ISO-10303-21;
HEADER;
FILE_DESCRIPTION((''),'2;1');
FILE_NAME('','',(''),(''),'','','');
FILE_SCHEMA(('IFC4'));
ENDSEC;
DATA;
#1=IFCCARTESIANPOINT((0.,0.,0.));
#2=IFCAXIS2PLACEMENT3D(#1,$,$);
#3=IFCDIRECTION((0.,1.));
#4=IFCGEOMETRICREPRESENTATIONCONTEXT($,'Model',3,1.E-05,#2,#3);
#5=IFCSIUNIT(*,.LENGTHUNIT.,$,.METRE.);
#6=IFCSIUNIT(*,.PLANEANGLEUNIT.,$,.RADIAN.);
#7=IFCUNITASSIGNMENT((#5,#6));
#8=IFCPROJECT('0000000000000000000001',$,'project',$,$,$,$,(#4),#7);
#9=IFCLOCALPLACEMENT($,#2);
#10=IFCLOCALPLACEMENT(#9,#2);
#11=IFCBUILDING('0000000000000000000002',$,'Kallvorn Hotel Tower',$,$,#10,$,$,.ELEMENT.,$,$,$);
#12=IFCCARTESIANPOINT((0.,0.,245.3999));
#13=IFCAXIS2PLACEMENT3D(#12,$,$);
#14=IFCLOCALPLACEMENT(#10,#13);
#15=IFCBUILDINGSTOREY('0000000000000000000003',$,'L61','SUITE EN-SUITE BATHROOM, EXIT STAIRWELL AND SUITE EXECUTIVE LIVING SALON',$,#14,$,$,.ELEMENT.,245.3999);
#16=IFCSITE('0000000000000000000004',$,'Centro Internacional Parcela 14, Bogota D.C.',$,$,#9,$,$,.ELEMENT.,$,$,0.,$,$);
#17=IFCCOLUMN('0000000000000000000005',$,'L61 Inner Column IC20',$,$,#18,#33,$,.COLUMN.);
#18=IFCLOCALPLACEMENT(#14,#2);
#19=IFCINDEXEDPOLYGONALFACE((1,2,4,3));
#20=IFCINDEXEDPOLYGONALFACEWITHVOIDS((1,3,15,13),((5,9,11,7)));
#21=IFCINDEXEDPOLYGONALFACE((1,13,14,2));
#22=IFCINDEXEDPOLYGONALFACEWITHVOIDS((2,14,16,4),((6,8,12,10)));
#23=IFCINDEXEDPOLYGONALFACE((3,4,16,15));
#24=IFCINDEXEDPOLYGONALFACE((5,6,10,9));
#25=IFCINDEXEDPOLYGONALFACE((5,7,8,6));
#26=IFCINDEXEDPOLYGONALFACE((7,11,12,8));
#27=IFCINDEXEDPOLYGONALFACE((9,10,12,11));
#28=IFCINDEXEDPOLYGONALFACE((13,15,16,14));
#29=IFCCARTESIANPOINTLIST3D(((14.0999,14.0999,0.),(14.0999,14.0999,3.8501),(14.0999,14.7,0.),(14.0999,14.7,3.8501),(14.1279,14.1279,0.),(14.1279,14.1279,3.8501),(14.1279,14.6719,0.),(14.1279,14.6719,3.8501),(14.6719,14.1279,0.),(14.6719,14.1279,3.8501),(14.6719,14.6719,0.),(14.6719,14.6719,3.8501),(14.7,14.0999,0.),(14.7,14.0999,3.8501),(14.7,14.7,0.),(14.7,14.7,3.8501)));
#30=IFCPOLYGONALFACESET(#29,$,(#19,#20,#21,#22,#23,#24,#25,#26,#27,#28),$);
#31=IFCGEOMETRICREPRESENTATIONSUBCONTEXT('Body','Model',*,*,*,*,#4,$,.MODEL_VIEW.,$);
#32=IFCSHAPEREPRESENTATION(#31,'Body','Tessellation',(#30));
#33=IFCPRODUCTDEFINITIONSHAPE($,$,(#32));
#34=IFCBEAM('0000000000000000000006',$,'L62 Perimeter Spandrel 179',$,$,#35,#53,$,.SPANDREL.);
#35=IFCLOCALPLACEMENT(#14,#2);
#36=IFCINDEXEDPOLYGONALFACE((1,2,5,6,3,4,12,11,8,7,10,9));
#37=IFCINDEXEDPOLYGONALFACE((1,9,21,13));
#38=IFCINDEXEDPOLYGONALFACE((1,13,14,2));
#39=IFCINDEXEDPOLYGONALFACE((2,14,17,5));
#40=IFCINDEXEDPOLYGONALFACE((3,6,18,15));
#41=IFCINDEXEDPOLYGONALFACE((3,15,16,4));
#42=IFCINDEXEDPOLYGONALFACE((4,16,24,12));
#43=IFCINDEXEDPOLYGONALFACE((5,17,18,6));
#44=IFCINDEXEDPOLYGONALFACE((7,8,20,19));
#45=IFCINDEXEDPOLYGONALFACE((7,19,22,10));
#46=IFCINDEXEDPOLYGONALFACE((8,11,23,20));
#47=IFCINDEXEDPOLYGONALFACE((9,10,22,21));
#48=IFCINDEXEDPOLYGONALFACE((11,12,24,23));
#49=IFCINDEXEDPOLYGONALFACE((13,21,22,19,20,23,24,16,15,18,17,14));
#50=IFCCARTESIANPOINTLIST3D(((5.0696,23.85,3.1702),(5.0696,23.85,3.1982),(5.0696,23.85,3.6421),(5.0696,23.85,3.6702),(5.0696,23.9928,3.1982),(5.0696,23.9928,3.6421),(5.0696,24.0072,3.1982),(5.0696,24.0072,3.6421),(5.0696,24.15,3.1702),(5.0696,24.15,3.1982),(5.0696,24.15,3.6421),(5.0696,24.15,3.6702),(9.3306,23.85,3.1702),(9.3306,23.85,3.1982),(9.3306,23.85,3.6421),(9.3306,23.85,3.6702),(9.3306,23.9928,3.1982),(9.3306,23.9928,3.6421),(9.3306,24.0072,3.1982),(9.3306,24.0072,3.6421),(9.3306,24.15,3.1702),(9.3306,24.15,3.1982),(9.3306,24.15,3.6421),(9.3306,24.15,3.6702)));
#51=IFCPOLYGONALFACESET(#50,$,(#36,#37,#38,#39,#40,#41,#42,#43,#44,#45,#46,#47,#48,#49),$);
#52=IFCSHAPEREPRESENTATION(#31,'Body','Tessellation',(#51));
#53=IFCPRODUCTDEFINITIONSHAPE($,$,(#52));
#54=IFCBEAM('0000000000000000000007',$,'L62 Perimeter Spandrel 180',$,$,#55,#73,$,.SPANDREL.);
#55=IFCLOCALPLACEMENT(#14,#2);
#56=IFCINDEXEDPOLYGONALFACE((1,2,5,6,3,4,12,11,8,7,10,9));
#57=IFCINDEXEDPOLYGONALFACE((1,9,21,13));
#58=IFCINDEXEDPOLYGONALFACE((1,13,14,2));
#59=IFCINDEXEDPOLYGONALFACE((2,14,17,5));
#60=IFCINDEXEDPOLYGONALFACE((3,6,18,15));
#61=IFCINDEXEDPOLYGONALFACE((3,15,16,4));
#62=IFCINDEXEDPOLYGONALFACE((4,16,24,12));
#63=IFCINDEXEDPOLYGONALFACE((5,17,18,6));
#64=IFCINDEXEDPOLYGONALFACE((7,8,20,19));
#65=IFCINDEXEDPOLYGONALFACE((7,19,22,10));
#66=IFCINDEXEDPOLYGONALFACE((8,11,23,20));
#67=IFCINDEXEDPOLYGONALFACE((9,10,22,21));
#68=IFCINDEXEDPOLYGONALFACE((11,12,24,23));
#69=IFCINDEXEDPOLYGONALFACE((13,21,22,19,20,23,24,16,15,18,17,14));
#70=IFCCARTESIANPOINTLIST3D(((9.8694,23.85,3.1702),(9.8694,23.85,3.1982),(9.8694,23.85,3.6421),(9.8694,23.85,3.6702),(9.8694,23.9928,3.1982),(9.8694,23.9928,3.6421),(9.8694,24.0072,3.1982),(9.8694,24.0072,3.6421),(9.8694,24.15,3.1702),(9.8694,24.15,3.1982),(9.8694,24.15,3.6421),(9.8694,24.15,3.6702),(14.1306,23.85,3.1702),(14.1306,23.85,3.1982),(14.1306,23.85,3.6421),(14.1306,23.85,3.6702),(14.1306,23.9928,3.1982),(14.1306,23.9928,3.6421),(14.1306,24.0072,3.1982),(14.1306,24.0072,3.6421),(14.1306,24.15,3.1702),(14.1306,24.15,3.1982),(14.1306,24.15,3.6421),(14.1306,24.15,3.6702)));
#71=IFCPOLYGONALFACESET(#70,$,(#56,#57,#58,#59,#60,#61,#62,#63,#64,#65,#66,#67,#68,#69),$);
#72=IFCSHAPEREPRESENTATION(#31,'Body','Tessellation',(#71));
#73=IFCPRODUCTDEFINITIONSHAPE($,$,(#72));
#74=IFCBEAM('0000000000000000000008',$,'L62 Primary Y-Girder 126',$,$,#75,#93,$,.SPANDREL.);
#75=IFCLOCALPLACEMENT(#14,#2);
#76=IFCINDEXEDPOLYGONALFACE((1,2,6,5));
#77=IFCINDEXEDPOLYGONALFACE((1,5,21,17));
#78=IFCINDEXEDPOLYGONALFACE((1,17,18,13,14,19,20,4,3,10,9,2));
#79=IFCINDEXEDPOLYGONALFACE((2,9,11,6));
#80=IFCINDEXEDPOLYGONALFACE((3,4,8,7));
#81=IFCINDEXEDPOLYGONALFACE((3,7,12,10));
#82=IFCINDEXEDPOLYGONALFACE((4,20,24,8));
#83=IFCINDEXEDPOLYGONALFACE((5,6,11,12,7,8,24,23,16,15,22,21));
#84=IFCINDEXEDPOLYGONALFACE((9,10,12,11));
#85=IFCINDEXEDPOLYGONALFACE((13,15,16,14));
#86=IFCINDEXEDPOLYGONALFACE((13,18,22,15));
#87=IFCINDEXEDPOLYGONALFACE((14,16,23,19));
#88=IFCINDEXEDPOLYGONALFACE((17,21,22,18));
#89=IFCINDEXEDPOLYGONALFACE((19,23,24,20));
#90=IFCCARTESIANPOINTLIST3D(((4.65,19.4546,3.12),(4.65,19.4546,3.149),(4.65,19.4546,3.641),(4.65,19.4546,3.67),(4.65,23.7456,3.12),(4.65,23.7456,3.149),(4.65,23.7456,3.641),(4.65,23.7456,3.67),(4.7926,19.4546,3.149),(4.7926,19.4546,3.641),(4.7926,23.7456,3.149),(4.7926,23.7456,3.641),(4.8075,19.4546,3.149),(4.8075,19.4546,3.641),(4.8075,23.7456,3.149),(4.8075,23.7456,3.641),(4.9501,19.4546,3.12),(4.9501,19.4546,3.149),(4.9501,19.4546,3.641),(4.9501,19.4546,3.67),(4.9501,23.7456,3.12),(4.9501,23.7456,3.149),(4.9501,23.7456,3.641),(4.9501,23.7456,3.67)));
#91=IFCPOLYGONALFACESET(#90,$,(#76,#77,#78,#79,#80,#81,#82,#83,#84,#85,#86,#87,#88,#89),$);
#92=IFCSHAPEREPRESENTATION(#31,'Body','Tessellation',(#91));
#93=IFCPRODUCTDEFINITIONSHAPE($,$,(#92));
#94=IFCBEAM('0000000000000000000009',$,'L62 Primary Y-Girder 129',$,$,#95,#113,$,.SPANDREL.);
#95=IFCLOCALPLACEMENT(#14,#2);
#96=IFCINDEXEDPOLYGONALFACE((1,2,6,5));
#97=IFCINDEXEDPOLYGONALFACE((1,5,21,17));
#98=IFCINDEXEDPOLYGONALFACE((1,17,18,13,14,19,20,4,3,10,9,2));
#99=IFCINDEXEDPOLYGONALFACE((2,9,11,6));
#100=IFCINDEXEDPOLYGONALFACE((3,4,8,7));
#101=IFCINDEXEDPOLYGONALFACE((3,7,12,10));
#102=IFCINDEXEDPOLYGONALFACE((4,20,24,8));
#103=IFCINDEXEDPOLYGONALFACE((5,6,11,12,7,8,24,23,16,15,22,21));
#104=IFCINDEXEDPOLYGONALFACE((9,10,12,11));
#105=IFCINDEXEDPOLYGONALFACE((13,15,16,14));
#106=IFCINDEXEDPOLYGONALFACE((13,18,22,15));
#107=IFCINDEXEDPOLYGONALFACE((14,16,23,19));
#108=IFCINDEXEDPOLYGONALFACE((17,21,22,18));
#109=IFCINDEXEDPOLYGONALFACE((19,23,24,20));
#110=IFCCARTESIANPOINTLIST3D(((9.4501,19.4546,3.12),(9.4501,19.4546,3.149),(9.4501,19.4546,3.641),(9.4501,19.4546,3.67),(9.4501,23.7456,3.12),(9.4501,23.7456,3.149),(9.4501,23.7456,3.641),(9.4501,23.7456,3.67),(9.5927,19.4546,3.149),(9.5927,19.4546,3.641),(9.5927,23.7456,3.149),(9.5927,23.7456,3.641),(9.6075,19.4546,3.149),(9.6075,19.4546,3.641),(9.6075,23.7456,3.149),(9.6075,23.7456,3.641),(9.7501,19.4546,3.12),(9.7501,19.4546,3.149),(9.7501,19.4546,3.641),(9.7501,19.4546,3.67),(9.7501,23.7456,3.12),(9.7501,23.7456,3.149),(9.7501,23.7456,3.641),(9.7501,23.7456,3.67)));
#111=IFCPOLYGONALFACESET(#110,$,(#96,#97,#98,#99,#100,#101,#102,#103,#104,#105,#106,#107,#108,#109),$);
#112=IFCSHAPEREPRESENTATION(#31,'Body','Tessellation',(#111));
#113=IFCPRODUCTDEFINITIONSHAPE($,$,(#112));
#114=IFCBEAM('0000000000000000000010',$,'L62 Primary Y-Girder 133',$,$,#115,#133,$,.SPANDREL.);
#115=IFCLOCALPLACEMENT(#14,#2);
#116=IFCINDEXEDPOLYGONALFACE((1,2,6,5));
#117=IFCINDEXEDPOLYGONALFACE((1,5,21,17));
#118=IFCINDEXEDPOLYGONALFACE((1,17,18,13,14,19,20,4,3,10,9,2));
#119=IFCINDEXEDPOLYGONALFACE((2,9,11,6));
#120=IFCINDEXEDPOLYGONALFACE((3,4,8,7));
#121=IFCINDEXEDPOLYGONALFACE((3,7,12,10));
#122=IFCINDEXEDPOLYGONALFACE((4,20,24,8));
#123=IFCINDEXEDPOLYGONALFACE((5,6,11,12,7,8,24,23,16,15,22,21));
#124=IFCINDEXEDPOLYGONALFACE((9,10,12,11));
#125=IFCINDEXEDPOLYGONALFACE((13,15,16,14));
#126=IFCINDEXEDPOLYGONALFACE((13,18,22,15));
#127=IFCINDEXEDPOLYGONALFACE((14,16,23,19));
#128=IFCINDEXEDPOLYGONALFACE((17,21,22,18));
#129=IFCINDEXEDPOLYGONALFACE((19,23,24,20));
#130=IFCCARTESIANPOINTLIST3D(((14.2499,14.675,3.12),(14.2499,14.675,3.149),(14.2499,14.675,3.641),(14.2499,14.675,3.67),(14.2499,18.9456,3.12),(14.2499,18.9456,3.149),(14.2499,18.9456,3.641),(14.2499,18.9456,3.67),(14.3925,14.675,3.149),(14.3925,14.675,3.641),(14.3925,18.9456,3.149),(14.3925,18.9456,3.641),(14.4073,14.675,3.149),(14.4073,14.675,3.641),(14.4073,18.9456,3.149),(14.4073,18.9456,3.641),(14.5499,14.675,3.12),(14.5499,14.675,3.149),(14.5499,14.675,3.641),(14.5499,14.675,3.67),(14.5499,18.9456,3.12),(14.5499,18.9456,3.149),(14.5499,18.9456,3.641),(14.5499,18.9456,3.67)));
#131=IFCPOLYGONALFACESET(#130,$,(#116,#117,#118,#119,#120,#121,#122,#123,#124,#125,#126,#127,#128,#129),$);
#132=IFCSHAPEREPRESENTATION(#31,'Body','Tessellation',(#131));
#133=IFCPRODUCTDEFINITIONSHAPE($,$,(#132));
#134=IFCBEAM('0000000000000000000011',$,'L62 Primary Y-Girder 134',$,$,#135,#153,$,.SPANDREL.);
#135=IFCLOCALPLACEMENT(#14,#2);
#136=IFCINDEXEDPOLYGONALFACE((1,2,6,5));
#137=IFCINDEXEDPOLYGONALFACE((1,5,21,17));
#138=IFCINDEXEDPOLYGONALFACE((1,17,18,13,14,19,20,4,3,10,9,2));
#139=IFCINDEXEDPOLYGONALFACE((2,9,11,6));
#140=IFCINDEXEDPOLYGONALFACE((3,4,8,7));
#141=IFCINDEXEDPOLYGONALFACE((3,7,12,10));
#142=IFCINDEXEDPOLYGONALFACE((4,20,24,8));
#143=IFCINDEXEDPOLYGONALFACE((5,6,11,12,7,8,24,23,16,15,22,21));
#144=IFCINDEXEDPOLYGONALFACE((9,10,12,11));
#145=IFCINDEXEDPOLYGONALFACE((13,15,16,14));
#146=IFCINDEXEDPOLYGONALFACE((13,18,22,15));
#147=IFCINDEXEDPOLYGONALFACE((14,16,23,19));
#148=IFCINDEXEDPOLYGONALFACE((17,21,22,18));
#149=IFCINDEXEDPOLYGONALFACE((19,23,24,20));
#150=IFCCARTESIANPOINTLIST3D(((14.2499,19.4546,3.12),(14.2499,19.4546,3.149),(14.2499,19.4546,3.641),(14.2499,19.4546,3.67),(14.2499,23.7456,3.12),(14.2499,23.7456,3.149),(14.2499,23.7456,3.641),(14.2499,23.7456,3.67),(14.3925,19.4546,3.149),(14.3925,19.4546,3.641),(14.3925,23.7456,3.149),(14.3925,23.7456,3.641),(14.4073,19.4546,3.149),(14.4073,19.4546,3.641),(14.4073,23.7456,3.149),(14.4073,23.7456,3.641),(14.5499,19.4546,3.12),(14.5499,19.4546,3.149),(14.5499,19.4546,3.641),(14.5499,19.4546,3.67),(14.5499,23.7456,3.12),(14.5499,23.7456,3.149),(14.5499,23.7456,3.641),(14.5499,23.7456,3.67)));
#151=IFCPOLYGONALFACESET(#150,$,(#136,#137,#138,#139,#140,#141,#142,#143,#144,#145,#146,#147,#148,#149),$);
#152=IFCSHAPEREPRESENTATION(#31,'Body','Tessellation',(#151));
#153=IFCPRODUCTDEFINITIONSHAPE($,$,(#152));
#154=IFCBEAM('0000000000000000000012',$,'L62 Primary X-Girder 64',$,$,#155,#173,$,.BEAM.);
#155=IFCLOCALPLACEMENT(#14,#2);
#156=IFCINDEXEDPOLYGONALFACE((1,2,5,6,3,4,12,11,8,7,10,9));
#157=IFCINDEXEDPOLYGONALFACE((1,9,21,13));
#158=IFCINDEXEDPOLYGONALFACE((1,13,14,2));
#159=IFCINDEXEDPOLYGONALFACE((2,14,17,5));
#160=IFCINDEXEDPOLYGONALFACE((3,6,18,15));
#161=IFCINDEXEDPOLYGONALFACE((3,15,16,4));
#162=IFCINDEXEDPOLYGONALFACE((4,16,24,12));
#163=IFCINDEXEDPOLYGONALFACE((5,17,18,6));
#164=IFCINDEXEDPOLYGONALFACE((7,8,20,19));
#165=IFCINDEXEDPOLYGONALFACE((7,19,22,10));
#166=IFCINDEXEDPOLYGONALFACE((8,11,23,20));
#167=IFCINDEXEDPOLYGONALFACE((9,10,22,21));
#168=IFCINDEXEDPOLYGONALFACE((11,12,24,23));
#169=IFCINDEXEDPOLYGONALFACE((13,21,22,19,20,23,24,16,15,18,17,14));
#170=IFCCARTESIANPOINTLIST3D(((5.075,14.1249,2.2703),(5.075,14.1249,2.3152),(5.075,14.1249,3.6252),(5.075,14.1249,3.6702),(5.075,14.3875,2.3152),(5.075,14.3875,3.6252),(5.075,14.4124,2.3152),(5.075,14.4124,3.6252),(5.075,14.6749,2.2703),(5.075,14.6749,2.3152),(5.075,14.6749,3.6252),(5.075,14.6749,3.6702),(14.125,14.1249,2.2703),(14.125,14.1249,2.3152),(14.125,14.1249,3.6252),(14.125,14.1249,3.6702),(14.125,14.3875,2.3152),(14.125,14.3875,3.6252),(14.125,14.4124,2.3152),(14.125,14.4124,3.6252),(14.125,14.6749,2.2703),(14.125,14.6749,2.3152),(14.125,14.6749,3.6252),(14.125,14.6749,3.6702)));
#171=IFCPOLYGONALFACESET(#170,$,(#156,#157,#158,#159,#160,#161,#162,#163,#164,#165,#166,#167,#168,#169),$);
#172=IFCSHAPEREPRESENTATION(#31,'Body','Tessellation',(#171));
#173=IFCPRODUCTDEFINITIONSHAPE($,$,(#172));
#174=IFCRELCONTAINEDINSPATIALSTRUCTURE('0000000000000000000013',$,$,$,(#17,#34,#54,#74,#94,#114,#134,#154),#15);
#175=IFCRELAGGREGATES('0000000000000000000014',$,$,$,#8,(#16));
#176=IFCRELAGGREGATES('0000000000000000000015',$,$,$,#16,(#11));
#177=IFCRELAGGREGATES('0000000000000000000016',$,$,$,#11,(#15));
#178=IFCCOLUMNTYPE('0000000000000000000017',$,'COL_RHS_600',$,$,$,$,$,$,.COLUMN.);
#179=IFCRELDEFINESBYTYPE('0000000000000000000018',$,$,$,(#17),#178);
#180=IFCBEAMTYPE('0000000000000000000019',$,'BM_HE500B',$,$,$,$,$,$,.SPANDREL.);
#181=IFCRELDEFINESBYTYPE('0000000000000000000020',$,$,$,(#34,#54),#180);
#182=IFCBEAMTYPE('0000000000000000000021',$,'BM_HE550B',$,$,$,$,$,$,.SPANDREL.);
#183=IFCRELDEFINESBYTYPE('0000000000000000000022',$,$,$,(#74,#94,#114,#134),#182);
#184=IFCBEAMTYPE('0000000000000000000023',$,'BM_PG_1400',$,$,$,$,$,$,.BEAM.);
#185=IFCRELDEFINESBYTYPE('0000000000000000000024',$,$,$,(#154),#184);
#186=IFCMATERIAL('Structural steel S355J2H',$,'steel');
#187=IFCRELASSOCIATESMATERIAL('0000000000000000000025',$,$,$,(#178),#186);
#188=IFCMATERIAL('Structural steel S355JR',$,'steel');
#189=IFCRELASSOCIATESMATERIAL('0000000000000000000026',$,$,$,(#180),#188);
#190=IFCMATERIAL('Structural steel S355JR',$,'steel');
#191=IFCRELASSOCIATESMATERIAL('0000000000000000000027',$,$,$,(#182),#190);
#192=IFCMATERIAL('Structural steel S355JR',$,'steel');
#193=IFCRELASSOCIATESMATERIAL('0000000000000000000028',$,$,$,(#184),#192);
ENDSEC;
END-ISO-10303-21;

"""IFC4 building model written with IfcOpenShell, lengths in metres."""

from ifc_helpers import new_model, si_unit, direction, frame, origin, origin_2d, place, context, subcontext, project, spatial, hollow_rectangle, i_section, extrude, material, material_profile, profile_set, type_object, element, save


model = new_model("IFC4")

# Units and contexts
model_context = context("Model", 3, precision=1e-05, world=origin(), true_north=direction((0.0, 1.0)))
body_context = subcontext(model_context, "Body", "Model", "MODEL_VIEW")
ifc_project = project(units=[si_unit("LENGTHUNIT", "METRE"), si_unit("PLANEANGLEUNIT", "RADIAN")], contexts=[model_context])

# Site, building, storey
site_placement = place(None, origin())
site = spatial("IfcSite", under=ifc_project, at=site_placement, Name="Centro Internacional Parcela 14, Bogota D.C.", CompositionType="ELEMENT", RefElevation=0.0)
building_placement = place(site_placement, origin())
building = spatial("IfcBuilding", under=site, at=building_placement, Name="Kallvorn Hotel Tower", CompositionType="ELEMENT")
storey_placement = place(building_placement, frame((0.0, 0.0, 245.3999)))
storey = spatial("IfcBuildingStorey", under=building, at=storey_placement, Name="L61", Description="SUITE EN-SUITE BATHROOM, EXIT STAIRWELL AND SUITE EXECUTIVE LIVING SALON", CompositionType="ELEMENT", Elevation=245.3999)

# Column
ifc_material_1 = material(Name="Structural steel S355J2H", Category="steel")
ifc_material_profile_1 = material_profile(ifc_material_1, hollow_rectangle(XDim=0.6001, YDim=0.6001, WallThickness=0.0281, at=origin_2d()), Name="RHS 600x600x28")
ifc_profile_set_1 = profile_set([ifc_material_profile_1], Name="Structural steel S355J2H")
column_type_1 = type_object("IfcColumnType", Name="COL_RHS_600", PredefinedType="COLUMN", material=ifc_profile_set_1)
column_placement = place(storey_placement, frame((14.3999, 14.3999, 0.0), z_axis=(0.0, 0.0, 1.0), x_axis=(1.0, 0.0, 0.0)))
element("IfcColumn", 1, at=column_placement, inside=storey, type_object=column_type_1, Name="L61 Inner Column IC20", PredefinedType="COLUMN", context=body_context, shape_type="SweptSolid", body=[
    extrude(hollow_rectangle(XDim=0.6001, YDim=0.6001, WallThickness=0.0281, at=origin_2d()), origin(), (0.0, 0.0, 1.0), 3.8501),
])

# Beams
ifc_material_2 = material(Name="Structural steel S355JR", Category="steel")
ifc_material_profile_2 = material_profile(ifc_material_2, i_section(OverallWidth=0.3, OverallDepth=0.5, WebThickness=0.0144, FlangeThickness=0.0281, at=origin_2d()), Name="HE 500 B")
ifc_profile_set_2 = profile_set([ifc_material_profile_2], Name="Structural steel S355JR")
beam_type_1 = type_object("IfcBeamType", Name="BM_HE500B", PredefinedType="SPANDREL", material=ifc_profile_set_2)
beam_1_placement = place(storey_placement, frame((5.0696, 24.0, 3.4202), z_axis=(1.0, 0.0, 0.0), x_axis=(0.0, 1.0, 0.0)))
element("IfcBeam", 2, at=beam_1_placement, inside=storey, type_object=beam_type_1, Name="L62 Perimeter Spandrel 179", PredefinedType="SPANDREL", context=body_context, shape_type="SweptSolid", body=[
    extrude(i_section(OverallWidth=0.3, OverallDepth=0.5, WebThickness=0.0144, FlangeThickness=0.0281, at=origin_2d()), origin(), (0.0, 0.0, 1.0), 4.261),
])
beam_2_placement = place(storey_placement, frame((9.8694, 24.0, 3.4202), z_axis=(1.0, 0.0, 0.0), x_axis=(0.0, 1.0, 0.0)))
element("IfcBeam", 3, at=beam_2_placement, inside=storey, type_object=beam_type_1, Name="L62 Perimeter Spandrel 180", PredefinedType="SPANDREL", context=body_context, shape_type="SweptSolid", body=[
    extrude(i_section(OverallWidth=0.3, OverallDepth=0.5, WebThickness=0.0144, FlangeThickness=0.0281, at=origin_2d()), origin(), (0.0, 0.0, 1.0), 4.2612),
])
ifc_material_3 = material(Name="Structural steel S355JR", Category="steel")
ifc_material_profile_3 = material_profile(ifc_material_3, i_section(OverallWidth=0.3, OverallDepth=0.55, WebThickness=0.0149, FlangeThickness=0.0291, at=origin_2d()), Name="HE 550 B")
ifc_profile_set_3 = profile_set([ifc_material_profile_3], Name="Structural steel S355JR")
beam_type_2 = type_object("IfcBeamType", Name="BM_HE550B", PredefinedType="SPANDREL", material=ifc_profile_set_3)
for number, where, z_axis, x_axis, name in (
    (4, (4.8, 19.4546, 3.395), (0.0, 1.0, 0.0), (-1.0, 0.0, 0.0), "L62 Primary Y-Girder 126"),
    (5, (9.6001, 19.4546, 3.395), (0.0, 1.0, 0.0), (-1.0, 0.0, 0.0), "L62 Primary Y-Girder 129"),
):
    element("IfcBeam", number, at=place(storey_placement, frame(where, z_axis=z_axis, x_axis=x_axis)), inside=storey, type_object=beam_type_2, Name=name, PredefinedType="SPANDREL", context=body_context, shape_type="SweptSolid", body=[
        extrude(i_section(OverallWidth=0.3, OverallDepth=0.55, WebThickness=0.0149, FlangeThickness=0.0291, at=origin_2d()), origin(), (0.0, 0.0, 1.0), 4.291),
    ])
beam_3_placement = place(storey_placement, frame((14.3999, 14.675, 3.395), z_axis=(0.0, 1.0, 0.0), x_axis=(-1.0, 0.0, 0.0)))
element("IfcBeam", 6, at=beam_3_placement, inside=storey, type_object=beam_type_2, Name="L62 Primary Y-Girder 133", PredefinedType="SPANDREL", context=body_context, shape_type="SweptSolid", body=[
    extrude(i_section(OverallWidth=0.3, OverallDepth=0.55, WebThickness=0.0149, FlangeThickness=0.0291, at=origin_2d()), origin(), (0.0, 0.0, 1.0), 4.2705),
])
beam_4_placement = place(storey_placement, frame((14.3999, 19.4546, 3.395), z_axis=(0.0, 1.0, 0.0), x_axis=(-1.0, 0.0, 0.0)))
element("IfcBeam", 7, at=beam_4_placement, inside=storey, type_object=beam_type_2, Name="L62 Primary Y-Girder 134", PredefinedType="SPANDREL", context=body_context, shape_type="SweptSolid", body=[
    extrude(i_section(OverallWidth=0.3, OverallDepth=0.55, WebThickness=0.0149, FlangeThickness=0.0291, at=origin_2d()), origin(), (0.0, 0.0, 1.0), 4.291),
])
ifc_material_4 = material(Name="Structural steel S355JR", Category="steel")
ifc_material_profile_4 = material_profile(ifc_material_4, i_section(OverallWidth=0.55, OverallDepth=1.3999, WebThickness=0.0249, FlangeThickness=0.0449, at=origin_2d()), Name="PG 1400x550x25x45")
ifc_profile_set_4 = profile_set([ifc_material_profile_4], Name="Structural steel S355JR")
beam_type_3 = type_object("IfcBeamType", Name="BM_PG_1400", PredefinedType="BEAM", material=ifc_profile_set_4)
beam_5_placement = place(storey_placement, frame((5.075, 14.3999, 2.9702), z_axis=(1.0, 0.0, 0.0), x_axis=(0.0, 1.0, 0.0)))
element("IfcBeam", 8, at=beam_5_placement, inside=storey, type_object=beam_type_3, Name="L62 Primary X-Girder 64", PredefinedType="BEAM", context=body_context, shape_type="SweptSolid", body=[
    extrude(i_section(OverallWidth=0.55, OverallDepth=1.3999, WebThickness=0.0249, FlangeThickness=0.0449, at=origin_2d()), origin(), (0.0, 0.0, 1.0), 9.05),
])

save(model, "model.ifc")
